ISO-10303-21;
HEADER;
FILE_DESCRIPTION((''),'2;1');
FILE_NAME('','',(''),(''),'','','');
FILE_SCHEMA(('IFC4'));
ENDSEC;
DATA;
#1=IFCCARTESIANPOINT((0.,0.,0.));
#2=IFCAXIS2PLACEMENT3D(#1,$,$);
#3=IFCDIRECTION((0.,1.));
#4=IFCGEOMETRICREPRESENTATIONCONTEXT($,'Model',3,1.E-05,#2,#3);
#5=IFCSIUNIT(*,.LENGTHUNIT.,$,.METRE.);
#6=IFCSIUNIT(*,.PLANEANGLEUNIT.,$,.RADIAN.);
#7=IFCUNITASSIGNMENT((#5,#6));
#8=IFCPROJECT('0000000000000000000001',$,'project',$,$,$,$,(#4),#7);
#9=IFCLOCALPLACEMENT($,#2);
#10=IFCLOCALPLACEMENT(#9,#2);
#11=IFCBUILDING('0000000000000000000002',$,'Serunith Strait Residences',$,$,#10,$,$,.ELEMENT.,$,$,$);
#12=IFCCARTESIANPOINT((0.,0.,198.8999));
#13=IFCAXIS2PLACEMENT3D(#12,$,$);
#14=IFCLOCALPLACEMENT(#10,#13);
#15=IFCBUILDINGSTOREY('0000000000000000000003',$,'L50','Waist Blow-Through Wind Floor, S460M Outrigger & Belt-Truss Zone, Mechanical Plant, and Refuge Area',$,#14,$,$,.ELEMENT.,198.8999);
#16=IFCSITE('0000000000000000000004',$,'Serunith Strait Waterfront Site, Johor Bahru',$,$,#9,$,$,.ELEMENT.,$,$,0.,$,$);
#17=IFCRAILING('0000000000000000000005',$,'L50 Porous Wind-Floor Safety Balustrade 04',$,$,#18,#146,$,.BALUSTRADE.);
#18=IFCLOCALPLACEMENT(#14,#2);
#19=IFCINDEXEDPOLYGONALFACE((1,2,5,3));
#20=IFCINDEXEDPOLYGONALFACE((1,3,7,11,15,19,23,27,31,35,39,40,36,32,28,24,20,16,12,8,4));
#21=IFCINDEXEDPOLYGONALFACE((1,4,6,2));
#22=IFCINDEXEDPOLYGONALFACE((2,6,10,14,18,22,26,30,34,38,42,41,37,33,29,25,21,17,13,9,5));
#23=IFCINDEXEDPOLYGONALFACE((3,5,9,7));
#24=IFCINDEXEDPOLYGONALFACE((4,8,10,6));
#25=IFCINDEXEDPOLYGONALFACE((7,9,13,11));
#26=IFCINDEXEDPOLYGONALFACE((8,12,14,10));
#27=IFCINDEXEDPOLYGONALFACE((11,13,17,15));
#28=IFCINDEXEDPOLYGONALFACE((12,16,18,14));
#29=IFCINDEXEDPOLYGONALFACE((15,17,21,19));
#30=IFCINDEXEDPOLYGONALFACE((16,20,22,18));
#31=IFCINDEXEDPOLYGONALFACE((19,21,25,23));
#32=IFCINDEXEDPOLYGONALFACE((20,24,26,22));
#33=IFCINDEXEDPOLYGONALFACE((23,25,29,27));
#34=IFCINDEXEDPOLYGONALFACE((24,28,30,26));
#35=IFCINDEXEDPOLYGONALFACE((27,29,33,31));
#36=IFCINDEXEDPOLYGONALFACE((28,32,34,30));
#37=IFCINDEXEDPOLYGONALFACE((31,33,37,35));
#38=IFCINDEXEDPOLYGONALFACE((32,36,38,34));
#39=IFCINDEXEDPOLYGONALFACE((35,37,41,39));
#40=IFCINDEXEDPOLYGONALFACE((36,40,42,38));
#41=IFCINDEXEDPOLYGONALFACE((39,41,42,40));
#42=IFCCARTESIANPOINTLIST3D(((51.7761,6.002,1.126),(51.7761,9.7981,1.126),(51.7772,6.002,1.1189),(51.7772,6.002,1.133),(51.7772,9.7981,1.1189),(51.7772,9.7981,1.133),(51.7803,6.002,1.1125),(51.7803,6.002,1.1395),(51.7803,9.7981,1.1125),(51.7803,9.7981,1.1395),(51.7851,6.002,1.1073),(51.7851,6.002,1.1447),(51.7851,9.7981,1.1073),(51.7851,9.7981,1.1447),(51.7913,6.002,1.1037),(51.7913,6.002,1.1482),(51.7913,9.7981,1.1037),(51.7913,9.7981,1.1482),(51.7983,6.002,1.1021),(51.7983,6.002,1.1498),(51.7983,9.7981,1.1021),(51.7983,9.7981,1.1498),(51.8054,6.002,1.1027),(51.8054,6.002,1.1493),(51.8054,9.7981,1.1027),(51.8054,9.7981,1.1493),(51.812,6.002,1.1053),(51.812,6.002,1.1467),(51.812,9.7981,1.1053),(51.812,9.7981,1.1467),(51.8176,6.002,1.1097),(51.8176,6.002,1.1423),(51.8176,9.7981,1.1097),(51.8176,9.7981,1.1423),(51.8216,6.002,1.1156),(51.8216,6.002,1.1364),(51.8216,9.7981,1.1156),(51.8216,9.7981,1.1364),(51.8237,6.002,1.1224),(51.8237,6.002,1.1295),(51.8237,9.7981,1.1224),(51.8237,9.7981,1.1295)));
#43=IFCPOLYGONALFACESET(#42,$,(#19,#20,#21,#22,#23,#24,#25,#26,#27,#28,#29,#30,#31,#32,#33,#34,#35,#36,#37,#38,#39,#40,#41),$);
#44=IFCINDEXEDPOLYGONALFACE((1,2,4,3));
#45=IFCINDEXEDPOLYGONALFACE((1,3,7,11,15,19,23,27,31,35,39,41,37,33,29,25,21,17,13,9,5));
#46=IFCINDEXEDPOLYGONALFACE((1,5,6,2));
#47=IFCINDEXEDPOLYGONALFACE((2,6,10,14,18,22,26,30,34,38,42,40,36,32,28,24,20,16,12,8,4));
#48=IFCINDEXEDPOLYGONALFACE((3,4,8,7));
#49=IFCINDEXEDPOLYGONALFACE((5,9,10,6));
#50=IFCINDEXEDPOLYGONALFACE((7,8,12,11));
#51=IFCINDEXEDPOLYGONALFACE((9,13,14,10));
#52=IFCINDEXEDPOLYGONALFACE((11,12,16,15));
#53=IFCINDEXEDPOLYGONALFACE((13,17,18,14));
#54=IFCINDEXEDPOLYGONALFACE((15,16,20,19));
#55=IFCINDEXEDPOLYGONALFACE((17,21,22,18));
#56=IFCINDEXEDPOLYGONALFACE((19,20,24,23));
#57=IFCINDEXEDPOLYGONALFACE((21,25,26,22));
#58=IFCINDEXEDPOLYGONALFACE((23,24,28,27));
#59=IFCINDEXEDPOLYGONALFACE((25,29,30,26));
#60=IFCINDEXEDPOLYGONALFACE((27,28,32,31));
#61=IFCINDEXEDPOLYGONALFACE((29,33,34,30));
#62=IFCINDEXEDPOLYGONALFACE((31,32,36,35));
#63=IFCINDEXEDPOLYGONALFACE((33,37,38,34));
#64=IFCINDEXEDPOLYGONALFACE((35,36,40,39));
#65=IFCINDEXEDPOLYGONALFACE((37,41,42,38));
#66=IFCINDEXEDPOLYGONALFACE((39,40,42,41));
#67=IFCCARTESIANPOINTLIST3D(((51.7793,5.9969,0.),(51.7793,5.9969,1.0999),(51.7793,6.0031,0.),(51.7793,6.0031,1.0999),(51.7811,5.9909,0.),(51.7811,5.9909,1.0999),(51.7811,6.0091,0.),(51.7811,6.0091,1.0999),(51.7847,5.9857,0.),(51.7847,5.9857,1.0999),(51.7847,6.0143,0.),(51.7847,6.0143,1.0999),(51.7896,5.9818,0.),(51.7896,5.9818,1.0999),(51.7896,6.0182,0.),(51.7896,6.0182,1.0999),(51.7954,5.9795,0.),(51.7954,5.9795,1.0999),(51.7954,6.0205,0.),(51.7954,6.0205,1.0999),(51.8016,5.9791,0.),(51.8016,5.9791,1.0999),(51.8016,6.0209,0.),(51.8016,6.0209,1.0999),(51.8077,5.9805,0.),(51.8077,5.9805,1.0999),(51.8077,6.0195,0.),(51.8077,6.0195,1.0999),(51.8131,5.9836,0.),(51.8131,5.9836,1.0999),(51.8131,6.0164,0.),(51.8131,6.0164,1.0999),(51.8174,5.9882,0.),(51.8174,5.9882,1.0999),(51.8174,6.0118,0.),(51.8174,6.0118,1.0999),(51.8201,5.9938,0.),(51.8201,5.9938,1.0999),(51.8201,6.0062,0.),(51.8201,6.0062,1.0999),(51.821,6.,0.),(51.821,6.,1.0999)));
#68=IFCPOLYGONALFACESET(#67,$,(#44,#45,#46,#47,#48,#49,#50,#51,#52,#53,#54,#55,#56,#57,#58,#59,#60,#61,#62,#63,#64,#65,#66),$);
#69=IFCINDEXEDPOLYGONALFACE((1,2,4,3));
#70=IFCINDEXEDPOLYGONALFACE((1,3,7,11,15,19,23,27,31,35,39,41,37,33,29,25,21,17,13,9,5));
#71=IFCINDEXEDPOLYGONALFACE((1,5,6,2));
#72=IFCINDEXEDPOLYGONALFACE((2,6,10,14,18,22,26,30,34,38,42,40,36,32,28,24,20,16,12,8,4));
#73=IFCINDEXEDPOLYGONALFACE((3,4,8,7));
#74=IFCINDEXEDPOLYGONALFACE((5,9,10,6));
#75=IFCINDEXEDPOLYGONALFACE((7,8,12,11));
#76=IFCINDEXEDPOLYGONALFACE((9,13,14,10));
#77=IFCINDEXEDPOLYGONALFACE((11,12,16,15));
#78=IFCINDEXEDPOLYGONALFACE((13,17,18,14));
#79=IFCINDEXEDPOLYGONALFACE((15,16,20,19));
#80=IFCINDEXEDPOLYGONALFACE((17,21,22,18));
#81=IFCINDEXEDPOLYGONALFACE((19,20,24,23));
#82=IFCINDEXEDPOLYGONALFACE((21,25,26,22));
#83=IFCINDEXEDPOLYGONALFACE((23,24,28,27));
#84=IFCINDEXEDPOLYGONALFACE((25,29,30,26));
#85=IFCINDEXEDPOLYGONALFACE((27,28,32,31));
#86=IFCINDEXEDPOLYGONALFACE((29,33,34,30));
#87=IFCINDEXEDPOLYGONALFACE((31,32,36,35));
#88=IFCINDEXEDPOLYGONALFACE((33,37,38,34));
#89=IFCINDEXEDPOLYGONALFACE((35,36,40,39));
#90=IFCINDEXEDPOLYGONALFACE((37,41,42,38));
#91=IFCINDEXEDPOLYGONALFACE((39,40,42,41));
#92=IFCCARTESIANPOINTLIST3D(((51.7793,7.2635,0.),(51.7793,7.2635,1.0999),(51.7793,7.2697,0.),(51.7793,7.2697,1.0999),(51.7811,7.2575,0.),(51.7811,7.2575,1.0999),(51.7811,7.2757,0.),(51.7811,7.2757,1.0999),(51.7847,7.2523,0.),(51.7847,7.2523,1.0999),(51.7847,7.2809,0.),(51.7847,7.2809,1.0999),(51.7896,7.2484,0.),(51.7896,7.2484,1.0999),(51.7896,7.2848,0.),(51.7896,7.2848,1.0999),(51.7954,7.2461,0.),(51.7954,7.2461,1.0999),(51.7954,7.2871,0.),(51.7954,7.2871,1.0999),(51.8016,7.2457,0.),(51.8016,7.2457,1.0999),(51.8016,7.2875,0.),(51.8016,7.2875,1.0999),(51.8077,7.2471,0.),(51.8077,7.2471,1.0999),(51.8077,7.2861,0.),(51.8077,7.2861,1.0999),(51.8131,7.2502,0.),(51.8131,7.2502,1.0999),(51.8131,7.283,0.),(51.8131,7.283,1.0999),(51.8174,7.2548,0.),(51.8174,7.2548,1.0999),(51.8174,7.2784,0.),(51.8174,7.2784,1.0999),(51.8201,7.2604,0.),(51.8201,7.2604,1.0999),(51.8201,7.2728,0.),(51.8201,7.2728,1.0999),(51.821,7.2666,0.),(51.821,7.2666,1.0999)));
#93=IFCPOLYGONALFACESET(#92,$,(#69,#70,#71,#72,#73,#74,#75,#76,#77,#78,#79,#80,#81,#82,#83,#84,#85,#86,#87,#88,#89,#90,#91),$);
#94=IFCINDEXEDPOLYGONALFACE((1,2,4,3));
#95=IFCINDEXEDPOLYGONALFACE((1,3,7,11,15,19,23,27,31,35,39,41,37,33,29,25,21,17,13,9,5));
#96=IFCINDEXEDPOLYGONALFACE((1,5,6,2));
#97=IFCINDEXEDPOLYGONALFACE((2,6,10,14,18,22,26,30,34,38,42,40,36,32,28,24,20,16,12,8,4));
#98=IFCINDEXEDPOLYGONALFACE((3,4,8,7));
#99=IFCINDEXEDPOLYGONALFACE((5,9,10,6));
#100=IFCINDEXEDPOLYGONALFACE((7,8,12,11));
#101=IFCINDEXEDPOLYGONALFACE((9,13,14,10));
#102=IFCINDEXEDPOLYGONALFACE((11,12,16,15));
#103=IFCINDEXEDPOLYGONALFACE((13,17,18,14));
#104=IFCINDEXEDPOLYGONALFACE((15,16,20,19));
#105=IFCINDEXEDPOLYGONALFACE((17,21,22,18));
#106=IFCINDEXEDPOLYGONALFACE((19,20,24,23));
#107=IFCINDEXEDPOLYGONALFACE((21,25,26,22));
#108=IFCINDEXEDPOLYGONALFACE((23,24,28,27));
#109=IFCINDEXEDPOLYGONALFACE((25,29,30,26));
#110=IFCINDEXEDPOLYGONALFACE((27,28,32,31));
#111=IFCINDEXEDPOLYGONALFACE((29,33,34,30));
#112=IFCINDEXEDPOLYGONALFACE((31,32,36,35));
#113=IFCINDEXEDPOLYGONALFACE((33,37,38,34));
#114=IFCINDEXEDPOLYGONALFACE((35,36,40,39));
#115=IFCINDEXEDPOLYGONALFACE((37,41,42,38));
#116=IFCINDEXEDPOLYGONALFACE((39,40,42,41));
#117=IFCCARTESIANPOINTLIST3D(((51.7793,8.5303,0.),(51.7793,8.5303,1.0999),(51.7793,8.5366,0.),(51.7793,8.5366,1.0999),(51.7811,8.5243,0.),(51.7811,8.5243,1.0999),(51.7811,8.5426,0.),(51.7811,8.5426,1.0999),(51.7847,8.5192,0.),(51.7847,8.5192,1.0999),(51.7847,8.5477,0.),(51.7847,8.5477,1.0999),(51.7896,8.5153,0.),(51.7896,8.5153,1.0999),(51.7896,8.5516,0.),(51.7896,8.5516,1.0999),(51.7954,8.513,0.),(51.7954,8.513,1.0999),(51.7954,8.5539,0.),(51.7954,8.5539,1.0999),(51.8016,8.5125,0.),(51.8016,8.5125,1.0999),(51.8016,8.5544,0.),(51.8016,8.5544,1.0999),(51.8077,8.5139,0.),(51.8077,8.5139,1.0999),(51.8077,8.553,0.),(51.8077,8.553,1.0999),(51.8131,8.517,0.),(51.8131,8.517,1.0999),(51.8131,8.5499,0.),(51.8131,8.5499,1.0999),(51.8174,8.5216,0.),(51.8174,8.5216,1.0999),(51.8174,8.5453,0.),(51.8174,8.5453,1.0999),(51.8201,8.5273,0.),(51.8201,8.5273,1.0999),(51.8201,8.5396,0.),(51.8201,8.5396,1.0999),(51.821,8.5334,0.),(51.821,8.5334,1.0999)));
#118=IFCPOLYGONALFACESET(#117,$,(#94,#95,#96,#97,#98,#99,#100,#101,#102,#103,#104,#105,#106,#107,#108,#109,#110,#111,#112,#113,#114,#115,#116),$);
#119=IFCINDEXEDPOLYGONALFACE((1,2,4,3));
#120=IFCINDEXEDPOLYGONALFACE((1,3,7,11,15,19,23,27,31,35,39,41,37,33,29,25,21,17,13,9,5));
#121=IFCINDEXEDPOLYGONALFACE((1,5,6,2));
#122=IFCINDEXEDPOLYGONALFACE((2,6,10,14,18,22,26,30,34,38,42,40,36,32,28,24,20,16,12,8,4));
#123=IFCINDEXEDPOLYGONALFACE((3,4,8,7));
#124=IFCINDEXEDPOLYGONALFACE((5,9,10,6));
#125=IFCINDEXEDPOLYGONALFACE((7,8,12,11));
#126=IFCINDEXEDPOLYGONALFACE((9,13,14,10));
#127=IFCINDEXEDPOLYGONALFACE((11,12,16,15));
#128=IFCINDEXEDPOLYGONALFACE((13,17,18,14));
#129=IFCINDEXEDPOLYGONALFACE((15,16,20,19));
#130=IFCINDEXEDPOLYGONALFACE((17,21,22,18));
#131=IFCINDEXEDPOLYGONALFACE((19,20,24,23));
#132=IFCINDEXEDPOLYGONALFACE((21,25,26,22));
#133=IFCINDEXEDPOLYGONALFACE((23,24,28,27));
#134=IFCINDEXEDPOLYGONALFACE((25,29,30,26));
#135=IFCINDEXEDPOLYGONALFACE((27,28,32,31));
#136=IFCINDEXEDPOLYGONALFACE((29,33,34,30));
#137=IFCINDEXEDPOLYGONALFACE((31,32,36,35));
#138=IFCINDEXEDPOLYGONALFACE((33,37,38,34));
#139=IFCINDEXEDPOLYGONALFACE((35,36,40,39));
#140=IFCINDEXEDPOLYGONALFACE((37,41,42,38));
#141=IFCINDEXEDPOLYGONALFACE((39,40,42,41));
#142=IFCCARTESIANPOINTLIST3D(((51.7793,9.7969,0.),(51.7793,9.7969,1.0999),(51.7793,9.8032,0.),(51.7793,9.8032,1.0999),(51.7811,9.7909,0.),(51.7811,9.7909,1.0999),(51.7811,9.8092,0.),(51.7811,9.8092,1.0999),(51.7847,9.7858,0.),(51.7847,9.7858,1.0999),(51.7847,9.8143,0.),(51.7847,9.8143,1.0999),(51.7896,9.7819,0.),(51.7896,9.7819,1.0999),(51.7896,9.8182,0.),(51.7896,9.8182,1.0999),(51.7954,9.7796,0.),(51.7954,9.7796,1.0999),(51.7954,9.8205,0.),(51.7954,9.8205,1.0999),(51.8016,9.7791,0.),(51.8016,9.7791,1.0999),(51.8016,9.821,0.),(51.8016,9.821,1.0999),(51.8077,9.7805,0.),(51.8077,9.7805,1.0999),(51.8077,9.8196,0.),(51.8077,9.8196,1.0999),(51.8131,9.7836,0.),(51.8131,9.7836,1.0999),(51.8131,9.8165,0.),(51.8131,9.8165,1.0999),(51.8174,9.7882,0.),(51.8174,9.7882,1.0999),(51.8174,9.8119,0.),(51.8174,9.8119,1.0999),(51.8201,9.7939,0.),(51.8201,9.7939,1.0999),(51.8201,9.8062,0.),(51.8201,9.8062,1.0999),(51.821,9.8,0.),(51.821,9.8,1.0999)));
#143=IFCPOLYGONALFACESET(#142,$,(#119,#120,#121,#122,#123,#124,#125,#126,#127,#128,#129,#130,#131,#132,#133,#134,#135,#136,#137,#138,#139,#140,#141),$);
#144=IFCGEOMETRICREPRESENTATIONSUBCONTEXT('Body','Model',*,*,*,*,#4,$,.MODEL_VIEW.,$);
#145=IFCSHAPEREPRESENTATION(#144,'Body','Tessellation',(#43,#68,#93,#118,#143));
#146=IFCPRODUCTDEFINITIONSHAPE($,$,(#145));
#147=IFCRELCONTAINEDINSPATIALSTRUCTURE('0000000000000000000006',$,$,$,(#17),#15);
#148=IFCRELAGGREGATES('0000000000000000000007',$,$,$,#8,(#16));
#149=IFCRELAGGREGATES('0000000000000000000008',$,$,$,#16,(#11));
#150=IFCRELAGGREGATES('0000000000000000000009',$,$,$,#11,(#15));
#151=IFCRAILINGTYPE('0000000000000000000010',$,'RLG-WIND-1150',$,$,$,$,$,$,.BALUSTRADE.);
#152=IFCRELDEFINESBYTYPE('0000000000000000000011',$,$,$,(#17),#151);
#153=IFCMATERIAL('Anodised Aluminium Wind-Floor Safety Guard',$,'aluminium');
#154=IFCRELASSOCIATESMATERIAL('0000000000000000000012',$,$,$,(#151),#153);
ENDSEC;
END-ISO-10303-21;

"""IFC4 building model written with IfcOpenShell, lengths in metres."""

from ifc_helpers import new_model, si_unit, direction, frame, origin, origin_2d, place, context, subcontext, project, spatial, circle, extrude, material, type_object, element, save


model = new_model("IFC4")

# Units and contexts
model_context = context("Model", 3, precision=1e-05, world=origin(), true_north=direction((0.0, 1.0)))
body_context = subcontext(model_context, "Body", "Model", "MODEL_VIEW")
ifc_project = project(units=[si_unit("LENGTHUNIT", "METRE"), si_unit("PLANEANGLEUNIT", "RADIAN")], contexts=[model_context])

# Site, building, storey
site_placement = place(None, origin())
site = spatial("IfcSite", under=ifc_project, at=site_placement, Name="Serunith Strait Waterfront Site, Johor Bahru", CompositionType="ELEMENT", RefElevation=0.0)
building_placement = place(site_placement, origin())
building = spatial("IfcBuilding", under=site, at=building_placement, Name="Serunith Strait Residences", CompositionType="ELEMENT")
storey_placement = place(building_placement, frame((0.0, 0.0, 198.8999)))
storey = spatial("IfcBuildingStorey", under=building, at=storey_placement, Name="L50", Description="Waist Blow-Through Wind Floor, S460M Outrigger & Belt-Truss Zone, Mechanical Plant, and Refuge Area", CompositionType="ELEMENT", Elevation=198.8999)

# Railing
ifc_material_1 = material(Name="Anodised Aluminium Wind-Floor Safety Guard", Category="aluminium")
railing_type = type_object("IfcRailingType", Name="RLG-WIND-1150", PredefinedType="BALUSTRADE", material=ifc_material_1)
railing_1_placement = place(storey_placement, frame((51.8, 6.0, 0.0)))
element("IfcRailing", 1, at=railing_1_placement, inside=storey, type_object=railing_type, Name="L50 Porous Wind-Floor Safety Balustrade 04", PredefinedType="BALUSTRADE", context=body_context, shape_type="SweptSolid", body=[
    extrude(circle(Radius=0.0239, at=origin_2d()), frame((0.0, 0.002, 1.126), z_axis=(0.0, 1.0, 0.0), x_axis=(-1.0, 0.0, 0.0)), (0.0, 0.0, 1.0), 3.7961),
    extrude(circle(Radius=0.021, at=origin_2d()), origin(), (0.0, 0.0, 1.0), 1.0999),
    extrude(circle(Radius=0.021, at=origin_2d()), frame((0.0, 1.2666, 0.0)), (0.0, 0.0, 1.0), 1.0999),
    extrude(circle(Radius=0.021, at=origin_2d()), frame((0.0, 2.5334, 0.0)), (0.0, 0.0, 1.0), 1.0999),
    extrude(circle(Radius=0.021, at=origin_2d()), frame((0.0, 3.8, 0.0)), (0.0, 0.0, 1.0), 1.0999),
])

save(model, "model.ifc")
